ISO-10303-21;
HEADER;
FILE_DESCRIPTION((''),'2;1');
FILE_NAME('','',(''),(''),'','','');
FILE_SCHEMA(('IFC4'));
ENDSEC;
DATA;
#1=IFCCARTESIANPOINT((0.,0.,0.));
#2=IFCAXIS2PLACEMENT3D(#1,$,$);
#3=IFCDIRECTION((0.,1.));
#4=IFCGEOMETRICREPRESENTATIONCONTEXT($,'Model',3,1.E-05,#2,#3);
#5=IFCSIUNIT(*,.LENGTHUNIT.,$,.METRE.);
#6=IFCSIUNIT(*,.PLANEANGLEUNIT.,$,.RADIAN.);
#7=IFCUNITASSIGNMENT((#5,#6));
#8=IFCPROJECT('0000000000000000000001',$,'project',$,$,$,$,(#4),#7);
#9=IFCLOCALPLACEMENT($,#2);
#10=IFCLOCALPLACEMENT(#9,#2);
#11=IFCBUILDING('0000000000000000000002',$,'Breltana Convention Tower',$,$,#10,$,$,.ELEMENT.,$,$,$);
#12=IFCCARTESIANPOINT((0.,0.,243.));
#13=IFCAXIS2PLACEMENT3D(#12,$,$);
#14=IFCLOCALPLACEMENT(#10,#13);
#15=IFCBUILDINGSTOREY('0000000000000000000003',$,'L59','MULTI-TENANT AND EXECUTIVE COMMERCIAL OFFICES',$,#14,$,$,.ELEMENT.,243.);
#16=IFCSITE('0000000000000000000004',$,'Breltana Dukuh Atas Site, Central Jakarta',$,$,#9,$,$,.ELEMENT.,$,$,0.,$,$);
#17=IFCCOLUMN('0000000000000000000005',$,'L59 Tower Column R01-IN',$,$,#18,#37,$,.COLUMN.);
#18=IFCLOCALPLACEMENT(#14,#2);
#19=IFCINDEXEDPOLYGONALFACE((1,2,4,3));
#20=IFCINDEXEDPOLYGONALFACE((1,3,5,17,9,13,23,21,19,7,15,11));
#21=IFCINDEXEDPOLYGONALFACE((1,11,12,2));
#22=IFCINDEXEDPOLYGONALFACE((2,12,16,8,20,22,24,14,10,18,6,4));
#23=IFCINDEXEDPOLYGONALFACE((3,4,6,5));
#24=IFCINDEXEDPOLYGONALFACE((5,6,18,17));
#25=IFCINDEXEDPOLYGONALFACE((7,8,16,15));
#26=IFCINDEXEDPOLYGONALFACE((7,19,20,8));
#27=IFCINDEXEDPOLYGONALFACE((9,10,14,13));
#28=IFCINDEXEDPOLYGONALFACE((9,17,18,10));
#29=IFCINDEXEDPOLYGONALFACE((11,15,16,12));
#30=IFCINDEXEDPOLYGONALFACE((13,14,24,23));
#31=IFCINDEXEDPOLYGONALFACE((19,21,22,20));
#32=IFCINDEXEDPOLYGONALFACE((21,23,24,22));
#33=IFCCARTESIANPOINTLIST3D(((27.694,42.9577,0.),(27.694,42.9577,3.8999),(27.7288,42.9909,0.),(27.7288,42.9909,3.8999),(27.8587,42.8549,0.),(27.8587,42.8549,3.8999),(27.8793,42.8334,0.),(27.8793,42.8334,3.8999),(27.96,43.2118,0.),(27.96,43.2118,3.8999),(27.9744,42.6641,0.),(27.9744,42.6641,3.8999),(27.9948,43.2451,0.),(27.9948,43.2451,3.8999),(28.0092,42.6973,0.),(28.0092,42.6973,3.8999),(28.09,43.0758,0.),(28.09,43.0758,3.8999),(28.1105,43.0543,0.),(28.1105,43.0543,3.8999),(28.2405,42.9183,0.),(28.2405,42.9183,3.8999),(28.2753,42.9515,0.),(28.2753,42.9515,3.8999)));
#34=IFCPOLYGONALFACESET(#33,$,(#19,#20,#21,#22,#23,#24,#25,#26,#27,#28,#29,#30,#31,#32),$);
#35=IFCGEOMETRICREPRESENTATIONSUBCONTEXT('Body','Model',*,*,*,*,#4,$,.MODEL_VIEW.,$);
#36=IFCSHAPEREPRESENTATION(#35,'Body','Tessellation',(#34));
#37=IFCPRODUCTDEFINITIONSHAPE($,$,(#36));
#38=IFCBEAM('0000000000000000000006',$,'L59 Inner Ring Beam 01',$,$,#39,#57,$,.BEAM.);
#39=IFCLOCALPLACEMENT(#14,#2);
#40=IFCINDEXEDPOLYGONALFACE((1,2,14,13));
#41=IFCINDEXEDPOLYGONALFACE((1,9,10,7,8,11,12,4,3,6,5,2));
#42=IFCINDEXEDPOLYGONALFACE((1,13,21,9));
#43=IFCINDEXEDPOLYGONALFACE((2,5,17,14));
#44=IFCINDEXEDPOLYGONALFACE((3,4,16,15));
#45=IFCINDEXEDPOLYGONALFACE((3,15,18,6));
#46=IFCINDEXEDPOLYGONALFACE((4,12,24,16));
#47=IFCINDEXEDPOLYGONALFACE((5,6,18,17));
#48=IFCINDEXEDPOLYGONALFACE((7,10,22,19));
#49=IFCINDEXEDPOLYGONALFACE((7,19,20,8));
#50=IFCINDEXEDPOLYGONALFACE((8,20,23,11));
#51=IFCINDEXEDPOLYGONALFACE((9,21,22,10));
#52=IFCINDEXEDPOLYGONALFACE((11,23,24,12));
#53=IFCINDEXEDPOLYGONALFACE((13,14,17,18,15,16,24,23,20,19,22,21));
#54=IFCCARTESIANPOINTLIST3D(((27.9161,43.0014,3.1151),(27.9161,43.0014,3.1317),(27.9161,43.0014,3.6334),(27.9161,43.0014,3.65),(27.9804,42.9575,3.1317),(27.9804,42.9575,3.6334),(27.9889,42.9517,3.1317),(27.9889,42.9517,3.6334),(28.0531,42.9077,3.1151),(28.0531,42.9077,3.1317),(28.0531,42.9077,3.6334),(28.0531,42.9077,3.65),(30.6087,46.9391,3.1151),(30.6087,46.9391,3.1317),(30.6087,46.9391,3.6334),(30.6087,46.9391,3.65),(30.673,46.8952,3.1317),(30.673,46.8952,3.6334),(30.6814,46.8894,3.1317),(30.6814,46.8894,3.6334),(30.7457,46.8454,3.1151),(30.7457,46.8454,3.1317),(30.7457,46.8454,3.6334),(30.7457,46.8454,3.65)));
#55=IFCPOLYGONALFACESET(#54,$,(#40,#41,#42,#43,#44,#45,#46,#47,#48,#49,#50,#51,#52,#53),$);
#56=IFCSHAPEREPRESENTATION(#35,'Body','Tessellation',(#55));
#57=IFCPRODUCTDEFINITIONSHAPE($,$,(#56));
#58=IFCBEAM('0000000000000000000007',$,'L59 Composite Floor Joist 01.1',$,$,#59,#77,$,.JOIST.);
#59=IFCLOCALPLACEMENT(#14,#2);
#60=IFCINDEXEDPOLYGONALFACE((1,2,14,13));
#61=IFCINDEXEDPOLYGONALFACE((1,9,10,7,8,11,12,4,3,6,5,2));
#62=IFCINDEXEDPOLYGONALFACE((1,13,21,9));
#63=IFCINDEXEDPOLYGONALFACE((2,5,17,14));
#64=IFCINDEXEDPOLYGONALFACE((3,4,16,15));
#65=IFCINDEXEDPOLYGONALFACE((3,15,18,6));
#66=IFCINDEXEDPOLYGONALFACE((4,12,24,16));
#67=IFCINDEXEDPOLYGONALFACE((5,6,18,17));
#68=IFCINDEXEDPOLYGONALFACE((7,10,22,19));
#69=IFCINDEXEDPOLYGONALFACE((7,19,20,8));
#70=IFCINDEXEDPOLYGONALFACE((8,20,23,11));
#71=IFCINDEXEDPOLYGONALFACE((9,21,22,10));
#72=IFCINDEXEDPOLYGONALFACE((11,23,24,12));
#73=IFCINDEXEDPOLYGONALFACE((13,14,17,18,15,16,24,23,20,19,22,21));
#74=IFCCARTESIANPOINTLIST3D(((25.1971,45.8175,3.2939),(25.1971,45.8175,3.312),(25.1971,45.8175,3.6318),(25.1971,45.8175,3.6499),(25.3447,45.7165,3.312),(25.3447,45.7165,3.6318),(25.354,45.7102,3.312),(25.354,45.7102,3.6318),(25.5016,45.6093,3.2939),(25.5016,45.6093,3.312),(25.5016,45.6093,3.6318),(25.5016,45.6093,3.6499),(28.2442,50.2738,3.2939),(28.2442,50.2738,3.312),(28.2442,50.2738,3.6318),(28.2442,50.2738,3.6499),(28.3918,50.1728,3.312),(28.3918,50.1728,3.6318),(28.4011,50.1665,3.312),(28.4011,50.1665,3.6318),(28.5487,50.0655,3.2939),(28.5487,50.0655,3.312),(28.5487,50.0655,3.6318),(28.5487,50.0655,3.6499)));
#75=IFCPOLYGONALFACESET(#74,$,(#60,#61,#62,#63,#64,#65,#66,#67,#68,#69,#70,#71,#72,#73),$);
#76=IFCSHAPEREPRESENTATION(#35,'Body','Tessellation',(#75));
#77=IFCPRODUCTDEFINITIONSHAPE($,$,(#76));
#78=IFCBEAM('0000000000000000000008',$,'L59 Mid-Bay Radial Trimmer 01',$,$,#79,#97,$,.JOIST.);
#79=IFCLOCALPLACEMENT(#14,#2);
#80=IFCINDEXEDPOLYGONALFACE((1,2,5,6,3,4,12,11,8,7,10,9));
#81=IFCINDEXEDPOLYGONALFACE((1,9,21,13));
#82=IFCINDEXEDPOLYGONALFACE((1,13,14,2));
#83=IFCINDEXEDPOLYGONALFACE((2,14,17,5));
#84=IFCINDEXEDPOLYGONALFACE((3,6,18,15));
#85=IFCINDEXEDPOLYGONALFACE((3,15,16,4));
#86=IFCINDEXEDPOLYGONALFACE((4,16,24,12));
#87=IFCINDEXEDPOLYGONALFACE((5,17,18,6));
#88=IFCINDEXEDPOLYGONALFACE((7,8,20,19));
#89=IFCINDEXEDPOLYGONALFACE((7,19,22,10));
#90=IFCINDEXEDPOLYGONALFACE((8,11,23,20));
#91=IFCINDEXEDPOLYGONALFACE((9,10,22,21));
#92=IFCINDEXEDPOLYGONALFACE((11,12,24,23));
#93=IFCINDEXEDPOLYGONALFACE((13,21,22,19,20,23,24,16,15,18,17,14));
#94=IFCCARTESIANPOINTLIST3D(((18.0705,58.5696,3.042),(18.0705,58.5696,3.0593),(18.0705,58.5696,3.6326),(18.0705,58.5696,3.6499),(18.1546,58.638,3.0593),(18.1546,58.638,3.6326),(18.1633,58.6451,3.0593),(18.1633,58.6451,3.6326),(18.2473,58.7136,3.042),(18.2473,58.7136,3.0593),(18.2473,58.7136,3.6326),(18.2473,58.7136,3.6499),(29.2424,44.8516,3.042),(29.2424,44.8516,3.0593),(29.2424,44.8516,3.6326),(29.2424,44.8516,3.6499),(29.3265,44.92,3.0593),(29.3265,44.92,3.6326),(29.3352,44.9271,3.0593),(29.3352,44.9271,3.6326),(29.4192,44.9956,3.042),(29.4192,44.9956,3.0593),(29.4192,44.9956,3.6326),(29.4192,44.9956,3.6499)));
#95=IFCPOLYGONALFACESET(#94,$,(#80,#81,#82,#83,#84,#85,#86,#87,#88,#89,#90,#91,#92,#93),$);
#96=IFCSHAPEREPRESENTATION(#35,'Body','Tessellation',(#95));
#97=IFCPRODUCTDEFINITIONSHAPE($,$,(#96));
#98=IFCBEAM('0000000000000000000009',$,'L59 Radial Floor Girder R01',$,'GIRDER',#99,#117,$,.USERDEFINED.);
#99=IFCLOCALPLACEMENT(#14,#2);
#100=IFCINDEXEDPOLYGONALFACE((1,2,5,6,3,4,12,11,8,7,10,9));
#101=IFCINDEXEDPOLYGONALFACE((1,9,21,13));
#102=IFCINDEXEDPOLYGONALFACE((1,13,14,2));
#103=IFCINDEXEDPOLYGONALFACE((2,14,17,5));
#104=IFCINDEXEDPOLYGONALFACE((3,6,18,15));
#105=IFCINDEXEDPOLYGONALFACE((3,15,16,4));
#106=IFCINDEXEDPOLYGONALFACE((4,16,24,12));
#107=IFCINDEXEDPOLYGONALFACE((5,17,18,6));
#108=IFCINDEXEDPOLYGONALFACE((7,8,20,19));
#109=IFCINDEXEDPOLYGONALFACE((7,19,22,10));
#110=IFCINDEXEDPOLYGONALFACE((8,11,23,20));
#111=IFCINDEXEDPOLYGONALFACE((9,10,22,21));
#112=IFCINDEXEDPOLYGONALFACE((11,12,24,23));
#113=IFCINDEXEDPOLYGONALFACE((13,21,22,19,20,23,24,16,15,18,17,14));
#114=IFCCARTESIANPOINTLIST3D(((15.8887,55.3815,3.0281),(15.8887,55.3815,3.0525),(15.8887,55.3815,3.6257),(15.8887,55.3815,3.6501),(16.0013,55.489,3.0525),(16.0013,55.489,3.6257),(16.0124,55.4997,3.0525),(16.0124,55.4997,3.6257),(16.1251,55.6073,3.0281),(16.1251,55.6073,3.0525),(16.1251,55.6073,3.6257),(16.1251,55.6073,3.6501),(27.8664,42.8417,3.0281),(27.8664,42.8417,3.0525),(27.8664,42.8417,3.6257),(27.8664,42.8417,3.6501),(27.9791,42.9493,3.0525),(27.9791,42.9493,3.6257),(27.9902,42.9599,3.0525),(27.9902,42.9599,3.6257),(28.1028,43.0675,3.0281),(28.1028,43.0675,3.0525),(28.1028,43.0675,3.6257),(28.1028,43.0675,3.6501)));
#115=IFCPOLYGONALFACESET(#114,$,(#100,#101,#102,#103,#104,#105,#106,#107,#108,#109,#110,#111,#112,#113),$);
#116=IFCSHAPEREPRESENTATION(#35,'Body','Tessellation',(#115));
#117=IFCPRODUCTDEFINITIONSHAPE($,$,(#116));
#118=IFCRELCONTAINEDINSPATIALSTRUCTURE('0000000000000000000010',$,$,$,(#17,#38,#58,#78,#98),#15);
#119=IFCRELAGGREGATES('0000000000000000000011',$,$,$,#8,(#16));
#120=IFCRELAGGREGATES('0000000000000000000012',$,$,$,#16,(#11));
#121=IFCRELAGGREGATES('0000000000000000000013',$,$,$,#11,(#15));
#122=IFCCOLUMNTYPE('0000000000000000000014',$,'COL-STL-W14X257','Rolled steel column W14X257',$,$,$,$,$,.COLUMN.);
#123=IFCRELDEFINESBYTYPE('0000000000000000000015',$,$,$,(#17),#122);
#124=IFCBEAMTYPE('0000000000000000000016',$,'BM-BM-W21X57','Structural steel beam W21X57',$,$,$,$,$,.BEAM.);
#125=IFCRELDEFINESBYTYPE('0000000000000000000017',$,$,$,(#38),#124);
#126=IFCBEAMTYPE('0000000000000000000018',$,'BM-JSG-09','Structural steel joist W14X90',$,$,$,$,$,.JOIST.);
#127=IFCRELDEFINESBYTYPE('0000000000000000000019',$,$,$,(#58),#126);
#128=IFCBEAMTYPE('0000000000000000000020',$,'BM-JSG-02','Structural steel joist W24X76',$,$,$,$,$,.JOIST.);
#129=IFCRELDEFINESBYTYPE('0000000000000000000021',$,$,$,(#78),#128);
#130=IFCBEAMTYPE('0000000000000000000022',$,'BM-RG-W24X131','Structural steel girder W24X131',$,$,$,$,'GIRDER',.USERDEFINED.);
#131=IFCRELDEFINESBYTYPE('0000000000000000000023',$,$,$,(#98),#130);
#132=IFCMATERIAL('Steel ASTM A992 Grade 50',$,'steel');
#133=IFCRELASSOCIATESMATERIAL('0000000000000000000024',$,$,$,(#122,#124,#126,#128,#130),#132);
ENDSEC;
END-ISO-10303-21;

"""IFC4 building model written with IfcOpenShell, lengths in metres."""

from ifc_helpers import new_model, si_unit, direction, frame, origin, origin_2d, place, context, subcontext, project, spatial, i_section, extrude, source, transform, mapped, material, material_profile, profile_set, type_object, type_shapes, element, save


model = new_model("IFC4")

# Units and contexts
model_context = context("Model", 3, precision=1e-05, world=origin(), true_north=direction((0.0, 1.0)))
body_context = subcontext(model_context, "Body", "Model", "MODEL_VIEW")
ifc_project = project(units=[si_unit("LENGTHUNIT", "METRE"), si_unit("PLANEANGLEUNIT", "RADIAN")], contexts=[model_context])

# Site, building, storey
site_placement = place(None, origin())
site = spatial("IfcSite", under=ifc_project, at=site_placement, Name="Breltana Dukuh Atas Site, Central Jakarta", CompositionType="ELEMENT", RefElevation=0.0)
building_placement = place(site_placement, origin())
building = spatial("IfcBuilding", under=site, at=building_placement, Name="Breltana Convention Tower", CompositionType="ELEMENT")
storey_placement = place(building_placement, frame((0.0, 0.0, 243.0)))
storey = spatial("IfcBuildingStorey", under=building, at=storey_placement, Name="L59", Description="MULTI-TENANT AND EXECUTIVE COMMERCIAL OFFICES", CompositionType="ELEMENT", Elevation=243.0)

# Column
ifc_material_1 = material(Name="Steel ASTM A992 Grade 50", Category="steel")
ifc_material_profile_1 = material_profile(ifc_material_1, i_section(OverallWidth=0.406, OverallDepth=0.416, WebThickness=0.0298, FlangeThickness=0.0481, at=origin_2d()), Name="W14X257")
ifc_profile_set_1 = profile_set([ifc_material_profile_1], Name="Steel ASTM A992 Grade 50")
column_type = type_object("IfcColumnType", Name="COL-STL-W14X257", Description="Rolled steel column W14X257", PredefinedType="COLUMN", material=ifc_profile_set_1)
shared_shape_1 = source(origin(), body_context, "Body", "SweptSolid", [
    extrude(i_section(OverallWidth=0.406, OverallDepth=0.416, WebThickness=0.0298, FlangeThickness=0.0481, at=origin_2d()), origin(), (0.0, 0.0, 1.0), 3.8999),
])
column_placement = place(storey_placement, frame((27.9846, 42.9546, 0.0), z_axis=(0.0, 0.0, 1.0), x_axis=(-0.690756, 0.723088, 0.0)))
element("IfcColumn", 1, at=column_placement, inside=storey, type_object=column_type, Name="L59 Tower Column R01-IN", PredefinedType="COLUMN", context=body_context, shape_type="MappedRepresentation", body=[
    mapped(shared_shape_1, transform((0.0, 0.0, 0.0), scale=1.0)),
])

# Beams
ifc_material_profile_2 = material_profile(ifc_material_1, i_section(OverallWidth=0.166, OverallDepth=0.5349, WebThickness=0.0103, FlangeThickness=0.0166, at=origin_2d()), Name="W21X57")
ifc_profile_set_2 = profile_set([ifc_material_profile_2], Name="Steel ASTM A992 Grade 50")
beam_type_1 = type_object("IfcBeamType", Name="BM-BM-W21X57", Description="Structural steel beam W21X57", PredefinedType="BEAM", material=ifc_profile_set_2)
shared_shape_2 = source(origin(), body_context, "Body", "SweptSolid", [
    extrude(i_section(OverallWidth=0.166, OverallDepth=0.5349, WebThickness=0.0103, FlangeThickness=0.0166, at=origin_2d()), origin(), (0.0, 0.0, 1.0), 4.7703),
])
beam_1_placement = place(storey_placement, frame((27.9846, 42.9546, 3.3826), z_axis=(0.564453, 0.825465, 0.0), x_axis=(-0.825465, 0.564453, 0.0)))
element("IfcBeam", 2, at=beam_1_placement, inside=storey, type_object=beam_type_1, Name="L59 Inner Ring Beam 01", PredefinedType="BEAM", context=body_context, shape_type="MappedRepresentation", body=[
    mapped(shared_shape_2, transform((0.0, 0.0, 0.0), scale=1.0)),
])
ifc_material_profile_3 = material_profile(ifc_material_1, i_section(OverallWidth=0.3689, OverallDepth=0.356, WebThickness=0.0112, FlangeThickness=0.0181, at=origin_2d()), Name="W14X90")
ifc_profile_set_3 = profile_set([ifc_material_profile_3], Name="Steel ASTM A992 Grade 50")
beam_type_2 = type_object("IfcBeamType", Name="BM-JSG-09", Description="Structural steel joist W14X90", PredefinedType="JOIST", material=ifc_profile_set_3)
shared_shape_3 = source(origin(), body_context, "Body", "SweptSolid", [
    extrude(i_section(OverallWidth=0.3689, OverallDepth=0.356, WebThickness=0.0112, FlangeThickness=0.0181, at=origin_2d()), origin(), (0.0, 0.0, 1.0), 5.3984),
])
beam_2_placement = place(storey_placement, frame((25.3494, 45.7134, 3.4719), z_axis=(0.564441, 0.825474, 0.0), x_axis=(-0.825474, 0.564441, 0.0)))
element("IfcBeam", 3, at=beam_2_placement, inside=storey, type_object=beam_type_2, Name="L59 Composite Floor Joist 01.1", PredefinedType="JOIST", context=body_context, shape_type="MappedRepresentation", body=[
    mapped(shared_shape_3, transform((0.0, 0.0, 0.0), scale=1.0)),
])
ifc_material_profile_4 = material_profile(ifc_material_1, i_section(OverallWidth=0.228, OverallDepth=0.6079, WebThickness=0.0112, FlangeThickness=0.0173, at=origin_2d()), Name="W24X76")
ifc_profile_set_4 = profile_set([ifc_material_profile_4], Name="Steel ASTM A992 Grade 50")
beam_type_3 = type_object("IfcBeamType", Name="BM-JSG-02", Description="Structural steel joist W24X76", PredefinedType="JOIST", material=ifc_profile_set_4)
shared_shape_4 = source(origin(), body_context, "Body", "SweptSolid", [
    extrude(i_section(OverallWidth=0.228, OverallDepth=0.6079, WebThickness=0.0112, FlangeThickness=0.0173, at=origin_2d()), origin(), (0.0, 0.0, 1.0), 17.6917),
])
type_shapes(beam_type_3, [shared_shape_4])
beam_3_placement = place(storey_placement, frame((29.3308, 44.9236, 3.3459), z_axis=(-0.631477, 0.775395, 0.0), x_axis=(-0.775395, -0.631477, 0.0)))
element("IfcBeam", 4, at=beam_3_placement, inside=storey, type_object=beam_type_3, Name="L59 Mid-Bay Radial Trimmer 01", PredefinedType="JOIST", context=body_context, shape_type="MappedRepresentation", body=[
    mapped(shared_shape_4, transform((0.0, 0.0, 0.0), scale=1.0)),
])
ifc_material_profile_5 = material_profile(ifc_material_1, i_section(OverallWidth=0.3269, OverallDepth=0.6221, WebThickness=0.0154, FlangeThickness=0.0244, at=origin_2d()), Name="W24X131")
ifc_profile_set_5 = profile_set([ifc_material_profile_5], Name="Steel ASTM A992 Grade 50")
beam_type_4 = type_object("IfcBeamType", Name="BM-RG-W24X131", Description="Structural steel girder W24X131", ElementType="GIRDER", PredefinedType="USERDEFINED", material=ifc_profile_set_5)
shared_shape_5 = source(origin(), body_context, "Body", "SweptSolid", [
    extrude(i_section(OverallWidth=0.3269, OverallDepth=0.6221, WebThickness=0.0154, FlangeThickness=0.0244, at=origin_2d()), origin(), (0.0, 0.0, 1.0), 17.3411),
])
type_shapes(beam_type_4, [shared_shape_5])
beam_4_placement = place(storey_placement, frame((27.9846, 42.9546, 3.3391), z_axis=(-0.690716, 0.723126, 0.0), x_axis=(-0.723126, -0.690716, 0.0)))
element("IfcBeam", 5, at=beam_4_placement, inside=storey, type_object=beam_type_4, Name="L59 Radial Floor Girder R01", ObjectType="GIRDER", PredefinedType="USERDEFINED", context=body_context, shape_type="MappedRepresentation", body=[
    mapped(shared_shape_5, transform((0.0, 0.0, 0.0), scale=1.0)),
])

save(model, "model.ifc")
